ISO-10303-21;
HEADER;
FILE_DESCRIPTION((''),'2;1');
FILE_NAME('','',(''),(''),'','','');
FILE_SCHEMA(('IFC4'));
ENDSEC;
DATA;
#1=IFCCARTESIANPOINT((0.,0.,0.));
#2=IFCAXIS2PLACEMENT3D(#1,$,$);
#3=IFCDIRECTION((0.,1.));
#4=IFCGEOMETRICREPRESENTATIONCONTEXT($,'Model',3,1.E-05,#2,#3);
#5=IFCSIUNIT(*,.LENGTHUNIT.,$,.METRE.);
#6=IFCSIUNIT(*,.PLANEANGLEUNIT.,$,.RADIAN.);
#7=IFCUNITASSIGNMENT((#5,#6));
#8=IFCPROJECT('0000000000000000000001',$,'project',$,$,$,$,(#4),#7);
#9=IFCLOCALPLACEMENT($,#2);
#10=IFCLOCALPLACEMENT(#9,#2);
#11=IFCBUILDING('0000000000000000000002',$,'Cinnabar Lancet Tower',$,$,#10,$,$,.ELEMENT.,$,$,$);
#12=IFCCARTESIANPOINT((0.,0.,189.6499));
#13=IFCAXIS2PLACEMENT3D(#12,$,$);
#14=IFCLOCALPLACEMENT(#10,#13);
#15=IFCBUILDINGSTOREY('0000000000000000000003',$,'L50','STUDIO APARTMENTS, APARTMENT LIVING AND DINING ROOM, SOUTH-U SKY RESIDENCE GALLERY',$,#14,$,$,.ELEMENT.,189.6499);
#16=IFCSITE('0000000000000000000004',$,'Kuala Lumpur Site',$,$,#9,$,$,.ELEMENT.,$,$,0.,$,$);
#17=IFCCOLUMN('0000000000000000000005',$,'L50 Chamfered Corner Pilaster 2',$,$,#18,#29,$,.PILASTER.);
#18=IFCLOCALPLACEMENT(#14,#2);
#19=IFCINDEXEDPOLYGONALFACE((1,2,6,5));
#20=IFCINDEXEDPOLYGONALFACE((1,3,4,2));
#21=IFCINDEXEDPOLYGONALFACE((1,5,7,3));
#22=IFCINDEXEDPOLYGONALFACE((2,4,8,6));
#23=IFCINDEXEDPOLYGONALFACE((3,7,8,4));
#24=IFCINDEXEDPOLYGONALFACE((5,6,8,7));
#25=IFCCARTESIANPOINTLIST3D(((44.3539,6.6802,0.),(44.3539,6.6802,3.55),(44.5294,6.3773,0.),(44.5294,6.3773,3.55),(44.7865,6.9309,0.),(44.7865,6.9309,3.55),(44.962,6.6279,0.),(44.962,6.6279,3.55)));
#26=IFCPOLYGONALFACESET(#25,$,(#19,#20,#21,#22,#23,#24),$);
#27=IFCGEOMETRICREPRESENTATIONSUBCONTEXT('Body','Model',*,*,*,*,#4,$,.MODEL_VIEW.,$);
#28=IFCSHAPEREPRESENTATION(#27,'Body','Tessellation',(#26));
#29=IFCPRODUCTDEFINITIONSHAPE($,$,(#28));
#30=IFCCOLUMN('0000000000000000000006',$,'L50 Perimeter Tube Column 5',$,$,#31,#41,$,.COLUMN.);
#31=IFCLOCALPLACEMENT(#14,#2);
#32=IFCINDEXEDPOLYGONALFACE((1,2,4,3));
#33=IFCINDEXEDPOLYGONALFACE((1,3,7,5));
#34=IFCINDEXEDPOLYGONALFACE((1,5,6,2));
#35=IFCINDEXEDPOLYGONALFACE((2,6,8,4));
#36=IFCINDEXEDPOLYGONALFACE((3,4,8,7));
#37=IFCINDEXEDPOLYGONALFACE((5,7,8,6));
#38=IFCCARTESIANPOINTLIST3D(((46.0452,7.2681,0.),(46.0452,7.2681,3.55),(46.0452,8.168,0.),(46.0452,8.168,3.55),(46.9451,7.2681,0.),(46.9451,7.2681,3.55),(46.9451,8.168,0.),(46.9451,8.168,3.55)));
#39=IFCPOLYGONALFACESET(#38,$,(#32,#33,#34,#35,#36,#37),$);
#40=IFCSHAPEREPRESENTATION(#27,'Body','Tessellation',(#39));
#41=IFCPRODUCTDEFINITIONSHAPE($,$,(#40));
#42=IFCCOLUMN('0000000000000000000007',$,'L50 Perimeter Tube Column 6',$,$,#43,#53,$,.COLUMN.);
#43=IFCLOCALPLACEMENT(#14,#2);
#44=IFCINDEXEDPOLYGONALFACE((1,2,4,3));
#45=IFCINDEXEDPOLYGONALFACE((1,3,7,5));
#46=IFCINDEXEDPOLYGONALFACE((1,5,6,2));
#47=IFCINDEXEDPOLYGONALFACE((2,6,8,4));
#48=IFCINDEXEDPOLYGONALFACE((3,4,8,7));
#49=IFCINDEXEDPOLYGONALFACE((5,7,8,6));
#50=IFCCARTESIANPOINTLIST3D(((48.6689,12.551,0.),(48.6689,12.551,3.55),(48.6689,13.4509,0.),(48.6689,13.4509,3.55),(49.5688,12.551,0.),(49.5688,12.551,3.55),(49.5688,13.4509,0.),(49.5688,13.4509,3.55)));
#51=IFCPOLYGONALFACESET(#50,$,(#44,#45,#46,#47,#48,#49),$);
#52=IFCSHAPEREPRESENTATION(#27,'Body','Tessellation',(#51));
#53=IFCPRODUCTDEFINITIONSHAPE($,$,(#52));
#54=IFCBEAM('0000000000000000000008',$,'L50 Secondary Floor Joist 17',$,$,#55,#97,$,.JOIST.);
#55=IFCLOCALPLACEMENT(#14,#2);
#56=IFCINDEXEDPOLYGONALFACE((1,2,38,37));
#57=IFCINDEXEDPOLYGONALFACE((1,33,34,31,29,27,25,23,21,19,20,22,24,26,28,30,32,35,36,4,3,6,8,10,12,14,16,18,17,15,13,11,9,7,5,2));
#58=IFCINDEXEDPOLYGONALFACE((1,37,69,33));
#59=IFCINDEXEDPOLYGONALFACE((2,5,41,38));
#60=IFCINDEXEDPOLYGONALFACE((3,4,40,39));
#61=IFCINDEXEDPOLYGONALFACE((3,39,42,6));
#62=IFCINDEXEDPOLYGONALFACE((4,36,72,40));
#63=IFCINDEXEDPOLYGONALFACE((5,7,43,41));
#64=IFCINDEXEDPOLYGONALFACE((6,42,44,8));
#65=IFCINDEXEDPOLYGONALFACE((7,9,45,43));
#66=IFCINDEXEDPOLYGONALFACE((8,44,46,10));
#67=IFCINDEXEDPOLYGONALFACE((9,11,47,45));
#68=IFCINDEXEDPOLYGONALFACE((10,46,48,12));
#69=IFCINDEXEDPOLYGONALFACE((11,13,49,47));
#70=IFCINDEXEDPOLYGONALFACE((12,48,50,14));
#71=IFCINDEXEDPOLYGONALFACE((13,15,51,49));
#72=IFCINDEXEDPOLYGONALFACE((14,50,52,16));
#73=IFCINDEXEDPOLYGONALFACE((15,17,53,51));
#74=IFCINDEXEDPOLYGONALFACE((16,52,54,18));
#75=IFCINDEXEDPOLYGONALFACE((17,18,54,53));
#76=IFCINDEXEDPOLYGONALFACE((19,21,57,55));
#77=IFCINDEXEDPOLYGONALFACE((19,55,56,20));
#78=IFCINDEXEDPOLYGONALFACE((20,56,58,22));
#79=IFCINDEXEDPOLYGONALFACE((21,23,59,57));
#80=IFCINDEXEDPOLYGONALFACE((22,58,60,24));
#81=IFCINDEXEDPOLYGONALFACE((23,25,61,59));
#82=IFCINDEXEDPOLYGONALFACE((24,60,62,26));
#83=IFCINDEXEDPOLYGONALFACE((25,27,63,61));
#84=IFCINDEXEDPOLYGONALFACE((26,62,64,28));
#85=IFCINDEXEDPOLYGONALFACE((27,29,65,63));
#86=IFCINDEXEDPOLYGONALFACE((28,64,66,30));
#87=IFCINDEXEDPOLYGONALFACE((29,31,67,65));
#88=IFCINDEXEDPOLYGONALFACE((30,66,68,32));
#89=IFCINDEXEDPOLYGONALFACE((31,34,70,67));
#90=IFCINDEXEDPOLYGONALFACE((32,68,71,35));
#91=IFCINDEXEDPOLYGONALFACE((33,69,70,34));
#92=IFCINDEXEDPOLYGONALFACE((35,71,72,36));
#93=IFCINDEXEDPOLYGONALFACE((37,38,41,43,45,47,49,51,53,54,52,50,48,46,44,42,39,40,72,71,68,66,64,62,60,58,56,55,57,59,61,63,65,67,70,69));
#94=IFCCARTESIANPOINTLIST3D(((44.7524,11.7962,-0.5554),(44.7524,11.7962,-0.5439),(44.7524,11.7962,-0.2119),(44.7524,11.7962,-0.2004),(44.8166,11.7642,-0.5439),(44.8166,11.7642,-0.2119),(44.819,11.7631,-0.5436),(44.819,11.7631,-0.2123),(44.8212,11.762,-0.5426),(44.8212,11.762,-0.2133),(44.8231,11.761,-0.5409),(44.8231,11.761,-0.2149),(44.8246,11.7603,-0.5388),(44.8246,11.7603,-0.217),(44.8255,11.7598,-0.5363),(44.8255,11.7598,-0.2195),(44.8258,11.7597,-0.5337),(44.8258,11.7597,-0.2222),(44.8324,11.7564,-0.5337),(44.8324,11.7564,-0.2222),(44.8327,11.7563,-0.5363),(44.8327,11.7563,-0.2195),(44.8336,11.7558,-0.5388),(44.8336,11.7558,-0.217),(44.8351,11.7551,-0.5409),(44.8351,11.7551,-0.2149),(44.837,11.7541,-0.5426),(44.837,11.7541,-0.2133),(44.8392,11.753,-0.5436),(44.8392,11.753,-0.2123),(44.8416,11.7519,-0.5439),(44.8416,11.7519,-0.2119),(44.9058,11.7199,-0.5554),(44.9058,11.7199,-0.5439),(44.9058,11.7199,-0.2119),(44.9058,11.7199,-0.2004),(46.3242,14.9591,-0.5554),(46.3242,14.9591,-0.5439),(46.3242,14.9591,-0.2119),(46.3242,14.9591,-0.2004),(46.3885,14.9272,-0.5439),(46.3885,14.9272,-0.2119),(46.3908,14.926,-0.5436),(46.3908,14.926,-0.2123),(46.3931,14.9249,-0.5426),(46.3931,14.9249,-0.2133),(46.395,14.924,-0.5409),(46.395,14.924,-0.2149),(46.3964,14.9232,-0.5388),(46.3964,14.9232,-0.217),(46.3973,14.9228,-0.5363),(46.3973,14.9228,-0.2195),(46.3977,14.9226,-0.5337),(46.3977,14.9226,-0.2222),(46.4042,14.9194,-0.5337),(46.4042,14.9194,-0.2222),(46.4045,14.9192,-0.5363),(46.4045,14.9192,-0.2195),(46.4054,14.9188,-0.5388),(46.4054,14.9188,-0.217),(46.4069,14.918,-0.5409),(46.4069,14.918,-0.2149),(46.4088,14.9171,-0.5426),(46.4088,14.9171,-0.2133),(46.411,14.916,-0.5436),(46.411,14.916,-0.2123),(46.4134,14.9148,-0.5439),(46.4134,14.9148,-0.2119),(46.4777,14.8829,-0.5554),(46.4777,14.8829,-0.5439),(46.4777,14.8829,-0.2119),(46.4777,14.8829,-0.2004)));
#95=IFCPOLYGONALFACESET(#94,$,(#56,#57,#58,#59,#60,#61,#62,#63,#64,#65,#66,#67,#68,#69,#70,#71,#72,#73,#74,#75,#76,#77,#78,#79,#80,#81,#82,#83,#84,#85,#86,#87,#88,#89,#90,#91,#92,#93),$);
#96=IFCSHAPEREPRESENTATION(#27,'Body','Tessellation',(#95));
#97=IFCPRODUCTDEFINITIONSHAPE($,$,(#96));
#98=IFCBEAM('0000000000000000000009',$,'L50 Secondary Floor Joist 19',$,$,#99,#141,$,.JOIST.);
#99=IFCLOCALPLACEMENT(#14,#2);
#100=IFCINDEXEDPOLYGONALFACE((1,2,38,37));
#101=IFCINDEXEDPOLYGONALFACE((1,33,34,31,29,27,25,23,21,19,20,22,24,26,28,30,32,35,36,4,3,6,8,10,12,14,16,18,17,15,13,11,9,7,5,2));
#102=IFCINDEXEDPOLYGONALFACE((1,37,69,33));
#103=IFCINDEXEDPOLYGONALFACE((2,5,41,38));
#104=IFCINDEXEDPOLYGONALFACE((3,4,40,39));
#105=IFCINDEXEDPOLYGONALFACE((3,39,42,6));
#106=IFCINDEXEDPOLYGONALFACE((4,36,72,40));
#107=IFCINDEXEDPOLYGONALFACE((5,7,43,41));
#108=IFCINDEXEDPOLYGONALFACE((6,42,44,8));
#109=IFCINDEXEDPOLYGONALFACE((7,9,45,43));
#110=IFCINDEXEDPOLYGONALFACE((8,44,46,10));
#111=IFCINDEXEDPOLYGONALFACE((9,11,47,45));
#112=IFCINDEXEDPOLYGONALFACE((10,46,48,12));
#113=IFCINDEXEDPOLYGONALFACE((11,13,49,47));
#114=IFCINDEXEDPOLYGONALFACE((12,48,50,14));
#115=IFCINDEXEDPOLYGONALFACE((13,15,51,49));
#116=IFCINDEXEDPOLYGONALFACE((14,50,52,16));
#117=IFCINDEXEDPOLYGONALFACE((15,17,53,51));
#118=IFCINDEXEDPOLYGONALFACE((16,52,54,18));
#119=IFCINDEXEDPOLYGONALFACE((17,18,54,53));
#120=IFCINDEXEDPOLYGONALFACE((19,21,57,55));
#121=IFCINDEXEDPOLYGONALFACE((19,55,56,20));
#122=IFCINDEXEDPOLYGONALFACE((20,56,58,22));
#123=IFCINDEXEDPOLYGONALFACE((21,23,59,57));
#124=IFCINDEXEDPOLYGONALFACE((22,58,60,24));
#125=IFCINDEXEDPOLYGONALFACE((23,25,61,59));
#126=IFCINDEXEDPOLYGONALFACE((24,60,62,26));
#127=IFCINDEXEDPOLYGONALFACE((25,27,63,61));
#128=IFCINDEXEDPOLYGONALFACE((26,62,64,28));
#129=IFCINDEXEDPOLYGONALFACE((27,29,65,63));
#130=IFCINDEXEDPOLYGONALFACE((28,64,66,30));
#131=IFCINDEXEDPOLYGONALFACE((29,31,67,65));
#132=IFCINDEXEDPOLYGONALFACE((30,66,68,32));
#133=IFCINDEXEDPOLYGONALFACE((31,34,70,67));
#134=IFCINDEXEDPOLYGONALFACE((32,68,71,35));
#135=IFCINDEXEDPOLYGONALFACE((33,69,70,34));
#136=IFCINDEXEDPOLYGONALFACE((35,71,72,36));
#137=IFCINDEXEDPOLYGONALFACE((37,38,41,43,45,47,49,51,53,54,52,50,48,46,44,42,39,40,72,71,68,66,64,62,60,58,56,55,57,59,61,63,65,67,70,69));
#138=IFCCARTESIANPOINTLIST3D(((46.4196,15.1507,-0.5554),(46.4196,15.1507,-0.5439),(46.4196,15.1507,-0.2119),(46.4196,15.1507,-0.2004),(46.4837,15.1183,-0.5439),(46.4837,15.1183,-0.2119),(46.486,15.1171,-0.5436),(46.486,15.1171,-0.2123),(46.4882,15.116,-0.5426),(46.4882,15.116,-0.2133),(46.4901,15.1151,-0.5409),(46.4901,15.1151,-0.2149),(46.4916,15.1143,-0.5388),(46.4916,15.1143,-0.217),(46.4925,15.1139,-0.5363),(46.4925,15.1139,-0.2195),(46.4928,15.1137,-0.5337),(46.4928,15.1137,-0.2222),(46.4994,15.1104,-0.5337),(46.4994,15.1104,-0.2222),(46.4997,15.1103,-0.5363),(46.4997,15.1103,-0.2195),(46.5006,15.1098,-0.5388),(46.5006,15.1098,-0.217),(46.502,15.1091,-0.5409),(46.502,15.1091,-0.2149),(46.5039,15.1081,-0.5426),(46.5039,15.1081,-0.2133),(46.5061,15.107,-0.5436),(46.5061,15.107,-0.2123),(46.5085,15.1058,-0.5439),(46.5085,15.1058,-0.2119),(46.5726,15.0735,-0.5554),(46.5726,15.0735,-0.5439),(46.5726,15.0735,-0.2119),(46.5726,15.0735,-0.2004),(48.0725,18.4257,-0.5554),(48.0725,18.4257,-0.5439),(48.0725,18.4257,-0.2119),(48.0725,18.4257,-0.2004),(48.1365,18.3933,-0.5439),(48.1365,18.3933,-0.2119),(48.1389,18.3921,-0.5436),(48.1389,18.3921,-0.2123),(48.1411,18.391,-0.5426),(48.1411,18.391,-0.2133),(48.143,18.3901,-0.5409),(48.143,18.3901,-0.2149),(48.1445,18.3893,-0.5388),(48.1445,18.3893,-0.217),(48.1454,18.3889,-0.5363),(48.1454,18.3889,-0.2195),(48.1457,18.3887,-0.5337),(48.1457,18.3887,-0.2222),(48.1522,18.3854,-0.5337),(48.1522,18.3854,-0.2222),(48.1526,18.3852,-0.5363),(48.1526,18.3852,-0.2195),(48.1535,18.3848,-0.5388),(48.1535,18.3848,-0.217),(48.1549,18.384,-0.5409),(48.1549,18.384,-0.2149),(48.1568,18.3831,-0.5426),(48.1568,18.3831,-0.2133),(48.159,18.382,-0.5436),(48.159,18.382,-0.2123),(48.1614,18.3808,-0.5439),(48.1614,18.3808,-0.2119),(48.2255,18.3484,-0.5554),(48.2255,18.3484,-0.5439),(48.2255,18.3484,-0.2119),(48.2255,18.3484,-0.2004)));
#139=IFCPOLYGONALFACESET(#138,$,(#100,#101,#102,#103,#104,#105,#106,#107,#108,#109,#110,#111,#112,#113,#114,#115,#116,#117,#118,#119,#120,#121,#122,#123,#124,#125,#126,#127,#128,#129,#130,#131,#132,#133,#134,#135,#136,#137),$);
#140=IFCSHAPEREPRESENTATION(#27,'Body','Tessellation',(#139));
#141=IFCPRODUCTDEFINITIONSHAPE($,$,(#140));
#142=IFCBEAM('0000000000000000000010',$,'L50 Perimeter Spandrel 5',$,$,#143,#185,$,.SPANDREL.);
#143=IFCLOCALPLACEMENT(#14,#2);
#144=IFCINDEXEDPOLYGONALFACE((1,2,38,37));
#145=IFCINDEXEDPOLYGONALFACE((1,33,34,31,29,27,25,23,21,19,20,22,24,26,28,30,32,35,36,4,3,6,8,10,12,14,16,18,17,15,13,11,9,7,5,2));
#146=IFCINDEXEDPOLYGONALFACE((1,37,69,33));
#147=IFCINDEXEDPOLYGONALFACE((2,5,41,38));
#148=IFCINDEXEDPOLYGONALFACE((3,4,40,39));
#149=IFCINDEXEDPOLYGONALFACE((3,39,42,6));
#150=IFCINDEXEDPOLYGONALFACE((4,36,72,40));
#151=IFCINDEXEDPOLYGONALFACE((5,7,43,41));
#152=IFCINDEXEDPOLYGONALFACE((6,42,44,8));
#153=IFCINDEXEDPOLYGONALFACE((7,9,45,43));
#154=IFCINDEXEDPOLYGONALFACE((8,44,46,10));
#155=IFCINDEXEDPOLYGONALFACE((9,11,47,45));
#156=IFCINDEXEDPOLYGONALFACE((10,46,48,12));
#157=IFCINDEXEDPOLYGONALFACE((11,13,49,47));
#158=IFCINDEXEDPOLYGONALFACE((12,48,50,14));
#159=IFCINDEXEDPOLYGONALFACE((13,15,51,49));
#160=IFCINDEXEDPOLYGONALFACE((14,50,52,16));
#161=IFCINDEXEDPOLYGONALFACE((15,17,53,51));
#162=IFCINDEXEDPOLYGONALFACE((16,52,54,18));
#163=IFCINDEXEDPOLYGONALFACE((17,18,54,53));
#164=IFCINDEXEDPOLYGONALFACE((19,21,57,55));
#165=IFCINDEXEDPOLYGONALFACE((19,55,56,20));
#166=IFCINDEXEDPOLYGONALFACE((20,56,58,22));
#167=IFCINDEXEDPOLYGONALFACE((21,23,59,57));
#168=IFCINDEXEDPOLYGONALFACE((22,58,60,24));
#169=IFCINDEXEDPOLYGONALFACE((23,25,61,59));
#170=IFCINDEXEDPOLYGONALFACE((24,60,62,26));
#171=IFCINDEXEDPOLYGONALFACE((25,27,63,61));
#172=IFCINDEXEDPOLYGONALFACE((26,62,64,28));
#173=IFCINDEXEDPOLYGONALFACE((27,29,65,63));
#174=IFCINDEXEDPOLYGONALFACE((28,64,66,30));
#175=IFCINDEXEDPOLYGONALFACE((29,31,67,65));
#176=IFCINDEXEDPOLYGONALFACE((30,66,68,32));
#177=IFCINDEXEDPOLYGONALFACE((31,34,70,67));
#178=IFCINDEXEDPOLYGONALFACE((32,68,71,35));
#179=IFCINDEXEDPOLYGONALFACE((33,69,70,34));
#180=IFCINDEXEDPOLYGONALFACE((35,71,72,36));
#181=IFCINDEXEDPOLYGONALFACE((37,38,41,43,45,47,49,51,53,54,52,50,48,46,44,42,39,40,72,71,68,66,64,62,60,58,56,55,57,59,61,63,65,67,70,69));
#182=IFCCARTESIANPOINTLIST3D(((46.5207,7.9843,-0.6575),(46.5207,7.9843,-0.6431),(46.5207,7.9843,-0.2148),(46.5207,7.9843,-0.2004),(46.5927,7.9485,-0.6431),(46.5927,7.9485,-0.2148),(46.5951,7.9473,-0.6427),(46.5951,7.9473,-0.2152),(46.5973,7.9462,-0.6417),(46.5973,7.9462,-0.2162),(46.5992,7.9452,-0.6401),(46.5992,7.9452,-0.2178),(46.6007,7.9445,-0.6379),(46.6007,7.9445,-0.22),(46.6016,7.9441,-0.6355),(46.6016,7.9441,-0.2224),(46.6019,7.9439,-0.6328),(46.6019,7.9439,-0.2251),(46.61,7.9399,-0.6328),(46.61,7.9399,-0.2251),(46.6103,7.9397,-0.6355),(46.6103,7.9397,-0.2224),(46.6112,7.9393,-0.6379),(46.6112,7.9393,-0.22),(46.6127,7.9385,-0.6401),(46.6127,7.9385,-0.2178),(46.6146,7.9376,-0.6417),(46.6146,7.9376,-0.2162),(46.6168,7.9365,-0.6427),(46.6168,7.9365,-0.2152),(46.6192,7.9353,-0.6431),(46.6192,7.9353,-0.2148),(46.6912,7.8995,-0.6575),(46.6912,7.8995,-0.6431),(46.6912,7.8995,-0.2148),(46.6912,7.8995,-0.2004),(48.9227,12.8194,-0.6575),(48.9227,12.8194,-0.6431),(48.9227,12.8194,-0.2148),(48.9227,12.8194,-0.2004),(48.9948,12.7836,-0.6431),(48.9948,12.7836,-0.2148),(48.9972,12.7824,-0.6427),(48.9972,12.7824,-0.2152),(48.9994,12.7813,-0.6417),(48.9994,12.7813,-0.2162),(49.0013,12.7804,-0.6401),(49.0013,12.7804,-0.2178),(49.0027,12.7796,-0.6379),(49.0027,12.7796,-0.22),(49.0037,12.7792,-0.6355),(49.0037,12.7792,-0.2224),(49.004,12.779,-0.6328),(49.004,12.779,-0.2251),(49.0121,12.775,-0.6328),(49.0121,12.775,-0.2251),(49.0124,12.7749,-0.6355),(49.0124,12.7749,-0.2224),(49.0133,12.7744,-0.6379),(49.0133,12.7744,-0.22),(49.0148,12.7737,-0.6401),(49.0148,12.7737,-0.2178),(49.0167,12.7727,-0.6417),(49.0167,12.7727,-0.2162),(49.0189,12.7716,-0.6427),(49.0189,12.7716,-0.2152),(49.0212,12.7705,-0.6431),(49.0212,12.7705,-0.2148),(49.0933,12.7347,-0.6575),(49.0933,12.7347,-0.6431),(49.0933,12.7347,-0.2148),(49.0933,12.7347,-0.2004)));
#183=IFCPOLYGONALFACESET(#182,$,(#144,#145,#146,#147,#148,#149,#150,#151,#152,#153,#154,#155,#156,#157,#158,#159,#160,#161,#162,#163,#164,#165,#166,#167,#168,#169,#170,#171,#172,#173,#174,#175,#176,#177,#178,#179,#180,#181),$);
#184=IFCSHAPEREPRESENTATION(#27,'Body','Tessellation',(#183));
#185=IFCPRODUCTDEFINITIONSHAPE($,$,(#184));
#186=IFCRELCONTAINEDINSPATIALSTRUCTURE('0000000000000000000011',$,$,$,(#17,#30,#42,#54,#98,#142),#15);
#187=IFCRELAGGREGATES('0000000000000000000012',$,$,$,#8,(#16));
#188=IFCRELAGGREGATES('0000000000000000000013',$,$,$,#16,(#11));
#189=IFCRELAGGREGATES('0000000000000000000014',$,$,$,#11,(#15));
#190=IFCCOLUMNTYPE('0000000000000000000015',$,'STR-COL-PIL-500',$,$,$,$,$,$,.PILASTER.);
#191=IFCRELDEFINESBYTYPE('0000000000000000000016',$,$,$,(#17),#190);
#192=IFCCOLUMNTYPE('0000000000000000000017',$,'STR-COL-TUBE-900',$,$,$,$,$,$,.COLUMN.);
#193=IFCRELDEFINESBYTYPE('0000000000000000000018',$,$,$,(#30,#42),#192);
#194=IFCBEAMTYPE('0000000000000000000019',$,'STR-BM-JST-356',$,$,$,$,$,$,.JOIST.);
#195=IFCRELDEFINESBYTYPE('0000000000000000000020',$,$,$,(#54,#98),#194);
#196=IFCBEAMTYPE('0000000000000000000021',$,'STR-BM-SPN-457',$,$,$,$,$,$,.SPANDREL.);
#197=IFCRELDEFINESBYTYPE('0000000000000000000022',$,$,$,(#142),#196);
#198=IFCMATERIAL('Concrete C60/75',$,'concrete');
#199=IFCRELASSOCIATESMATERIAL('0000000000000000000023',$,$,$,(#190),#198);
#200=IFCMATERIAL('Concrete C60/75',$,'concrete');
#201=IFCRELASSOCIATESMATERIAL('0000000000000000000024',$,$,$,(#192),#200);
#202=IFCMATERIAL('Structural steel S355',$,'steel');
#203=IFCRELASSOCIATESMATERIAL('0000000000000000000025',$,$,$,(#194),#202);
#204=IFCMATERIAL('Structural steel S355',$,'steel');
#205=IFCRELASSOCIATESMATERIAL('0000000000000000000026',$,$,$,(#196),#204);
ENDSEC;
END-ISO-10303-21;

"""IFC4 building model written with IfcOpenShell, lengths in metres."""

from ifc_helpers import new_model, si_unit, direction, frame, origin, origin_2d, place, context, subcontext, project, spatial, rectangle, i_section, extrude, material, material_profile, profile_set, type_object, element, save


model = new_model("IFC4")

# Units and contexts
model_context = context("Model", 3, precision=1e-05, world=origin(), true_north=direction((0.0, 1.0)))
body_context = subcontext(model_context, "Body", "Model", "MODEL_VIEW")
ifc_project = project(units=[si_unit("LENGTHUNIT", "METRE"), si_unit("PLANEANGLEUNIT", "RADIAN")], contexts=[model_context])

# Site, building, storey
site_placement = place(None, origin())
site = spatial("IfcSite", under=ifc_project, at=site_placement, Name="Kuala Lumpur Site", CompositionType="ELEMENT", RefElevation=0.0)
building_placement = place(site_placement, origin())
building = spatial("IfcBuilding", under=site, at=building_placement, Name="Cinnabar Lancet Tower", CompositionType="ELEMENT")
storey_placement = place(building_placement, frame((0.0, 0.0, 189.6499)))
storey = spatial("IfcBuildingStorey", under=building, at=storey_placement, Name="L50", Description="STUDIO APARTMENTS, APARTMENT LIVING AND DINING ROOM, SOUTH-U SKY RESIDENCE GALLERY", CompositionType="ELEMENT", Elevation=189.6499)

# Columns
ifc_material_1 = material(Name="Concrete C60/75", Category="concrete")
ifc_material_profile_1 = material_profile(ifc_material_1, rectangle(XDim=0.5, YDim=0.3501, at=origin_2d()), Name="RC-PIL 500x350")
ifc_profile_set_1 = profile_set([ifc_material_profile_1], Name="Concrete C60/75")
column_type_1 = type_object("IfcColumnType", Name="STR-COL-PIL-500", PredefinedType="PILASTER", material=ifc_profile_set_1)
column_placement = place(storey_placement, frame((44.658, 6.6541, 0.0), z_axis=(0.0, 0.0, 1.0), x_axis=(0.86523, 0.501375, 0.0)))
element("IfcColumn", 1, at=column_placement, inside=storey, type_object=column_type_1, Name="L50 Chamfered Corner Pilaster 2", PredefinedType="PILASTER", context=body_context, shape_type="SweptSolid", body=[
    extrude(rectangle(XDim=0.5, YDim=0.3501, at=origin_2d()), origin(), (0.0, 0.0, 1.0), 3.55),
])
ifc_material_2 = material(Name="Concrete C60/75", Category="concrete")
ifc_material_profile_2 = material_profile(ifc_material_2, rectangle(XDim=0.8999, YDim=0.8999, at=origin_2d()), Name="RC-COL 900x900")
ifc_profile_set_2 = profile_set([ifc_material_profile_2], Name="Concrete C60/75")
column_type_2 = type_object("IfcColumnType", Name="STR-COL-TUBE-900", PredefinedType="COLUMN", material=ifc_profile_set_2)
for number, where, z_axis, x_axis, name in (
    (2, (46.4951, 7.718, 0.0), (0.0, 0.0, 1.0), (1.0, 0.0, 0.0), "L50 Perimeter Tube Column 5"),
    (3, (49.1189, 13.001, 0.0), (0.0, 0.0, 1.0), (1.0, 0.0, 0.0), "L50 Perimeter Tube Column 6"),
):
    element("IfcColumn", number, at=place(storey_placement, frame(where, z_axis=z_axis, x_axis=x_axis)), inside=storey, type_object=column_type_2, Name=name, PredefinedType="COLUMN", context=body_context, shape_type="SweptSolid", body=[
        extrude(rectangle(XDim=0.8999, YDim=0.8999, at=origin_2d()), origin(), (0.0, 0.0, 1.0), 3.55),
    ])

# Beams
ifc_material_3 = material(Name="Structural steel S355", Category="steel")
ifc_material_profile_3 = material_profile(ifc_material_3, i_section(OverallWidth=0.1714, OverallDepth=0.355, WebThickness=0.0073, FlangeThickness=0.0115, FilletRadius=0.0103, at=origin_2d()), Name="UKB 356x171x51")
ifc_profile_set_3 = profile_set([ifc_material_profile_3], Name="Structural steel S355")
beam_type_1 = type_object("IfcBeamType", Name="STR-BM-JST-356", PredefinedType="JOIST", material=ifc_profile_set_3)
beam_1_placement = place(storey_placement, frame((44.8291, 11.7581, -0.3779), z_axis=(0.445028, 0.895517, 0.0), x_axis=(-0.895517, 0.445028, 0.0)))
element("IfcBeam", 4, at=beam_1_placement, inside=storey, type_object=beam_type_1, Name="L50 Secondary Floor Joist 17", PredefinedType="JOIST", context=body_context, shape_type="SweptSolid", body=[
    extrude(i_section(OverallWidth=0.1714, OverallDepth=0.355, WebThickness=0.0073, FlangeThickness=0.0115, FilletRadius=0.0103, at=origin_2d()), origin(), (0.0, 0.0, 1.0), 3.532),
])
beam_2_placement = place(storey_placement, frame((46.4961, 15.1121, -0.3779), z_axis=(0.450565, 0.892744, 0.0), x_axis=(-0.892744, 0.450565, 0.0)))
element("IfcBeam", 5, at=beam_2_placement, inside=storey, type_object=beam_type_1, Name="L50 Secondary Floor Joist 19", PredefinedType="JOIST", context=body_context, shape_type="SweptSolid", body=[
    extrude(i_section(OverallWidth=0.1714, OverallDepth=0.355, WebThickness=0.0073, FlangeThickness=0.0115, FilletRadius=0.0103, at=origin_2d()), origin(), (0.0, 0.0, 1.0), 3.6685),
])
ifc_material_4 = material(Name="Structural steel S355", Category="steel")
ifc_material_profile_4 = material_profile(ifc_material_4, i_section(OverallWidth=0.1904, OverallDepth=0.457, WebThickness=0.009, FlangeThickness=0.0144, FilletRadius=0.0103, at=origin_2d()), Name="UKB 457x191x74")
ifc_profile_set_4 = profile_set([ifc_material_profile_4], Name="Structural steel S355")
beam_type_2 = type_object("IfcBeamType", Name="STR-BM-SPN-457", PredefinedType="SPANDREL", material=ifc_profile_set_4)
beam_3_placement = place(storey_placement, frame((46.606, 7.9419, -0.429), z_axis=(0.444915, 0.895573, 0.0), x_axis=(-0.895573, 0.444915, 0.0)))
element("IfcBeam", 6, at=beam_3_placement, inside=storey, type_object=beam_type_2, Name="L50 Perimeter Spandrel 5", PredefinedType="SPANDREL", context=body_context, shape_type="SweptSolid", body=[
    extrude(i_section(OverallWidth=0.1904, OverallDepth=0.457, WebThickness=0.009, FlangeThickness=0.0144, FilletRadius=0.0103, at=origin_2d()), origin(), (0.0, 0.0, 1.0), 5.3989),
])

save(model, "model.ifc")
